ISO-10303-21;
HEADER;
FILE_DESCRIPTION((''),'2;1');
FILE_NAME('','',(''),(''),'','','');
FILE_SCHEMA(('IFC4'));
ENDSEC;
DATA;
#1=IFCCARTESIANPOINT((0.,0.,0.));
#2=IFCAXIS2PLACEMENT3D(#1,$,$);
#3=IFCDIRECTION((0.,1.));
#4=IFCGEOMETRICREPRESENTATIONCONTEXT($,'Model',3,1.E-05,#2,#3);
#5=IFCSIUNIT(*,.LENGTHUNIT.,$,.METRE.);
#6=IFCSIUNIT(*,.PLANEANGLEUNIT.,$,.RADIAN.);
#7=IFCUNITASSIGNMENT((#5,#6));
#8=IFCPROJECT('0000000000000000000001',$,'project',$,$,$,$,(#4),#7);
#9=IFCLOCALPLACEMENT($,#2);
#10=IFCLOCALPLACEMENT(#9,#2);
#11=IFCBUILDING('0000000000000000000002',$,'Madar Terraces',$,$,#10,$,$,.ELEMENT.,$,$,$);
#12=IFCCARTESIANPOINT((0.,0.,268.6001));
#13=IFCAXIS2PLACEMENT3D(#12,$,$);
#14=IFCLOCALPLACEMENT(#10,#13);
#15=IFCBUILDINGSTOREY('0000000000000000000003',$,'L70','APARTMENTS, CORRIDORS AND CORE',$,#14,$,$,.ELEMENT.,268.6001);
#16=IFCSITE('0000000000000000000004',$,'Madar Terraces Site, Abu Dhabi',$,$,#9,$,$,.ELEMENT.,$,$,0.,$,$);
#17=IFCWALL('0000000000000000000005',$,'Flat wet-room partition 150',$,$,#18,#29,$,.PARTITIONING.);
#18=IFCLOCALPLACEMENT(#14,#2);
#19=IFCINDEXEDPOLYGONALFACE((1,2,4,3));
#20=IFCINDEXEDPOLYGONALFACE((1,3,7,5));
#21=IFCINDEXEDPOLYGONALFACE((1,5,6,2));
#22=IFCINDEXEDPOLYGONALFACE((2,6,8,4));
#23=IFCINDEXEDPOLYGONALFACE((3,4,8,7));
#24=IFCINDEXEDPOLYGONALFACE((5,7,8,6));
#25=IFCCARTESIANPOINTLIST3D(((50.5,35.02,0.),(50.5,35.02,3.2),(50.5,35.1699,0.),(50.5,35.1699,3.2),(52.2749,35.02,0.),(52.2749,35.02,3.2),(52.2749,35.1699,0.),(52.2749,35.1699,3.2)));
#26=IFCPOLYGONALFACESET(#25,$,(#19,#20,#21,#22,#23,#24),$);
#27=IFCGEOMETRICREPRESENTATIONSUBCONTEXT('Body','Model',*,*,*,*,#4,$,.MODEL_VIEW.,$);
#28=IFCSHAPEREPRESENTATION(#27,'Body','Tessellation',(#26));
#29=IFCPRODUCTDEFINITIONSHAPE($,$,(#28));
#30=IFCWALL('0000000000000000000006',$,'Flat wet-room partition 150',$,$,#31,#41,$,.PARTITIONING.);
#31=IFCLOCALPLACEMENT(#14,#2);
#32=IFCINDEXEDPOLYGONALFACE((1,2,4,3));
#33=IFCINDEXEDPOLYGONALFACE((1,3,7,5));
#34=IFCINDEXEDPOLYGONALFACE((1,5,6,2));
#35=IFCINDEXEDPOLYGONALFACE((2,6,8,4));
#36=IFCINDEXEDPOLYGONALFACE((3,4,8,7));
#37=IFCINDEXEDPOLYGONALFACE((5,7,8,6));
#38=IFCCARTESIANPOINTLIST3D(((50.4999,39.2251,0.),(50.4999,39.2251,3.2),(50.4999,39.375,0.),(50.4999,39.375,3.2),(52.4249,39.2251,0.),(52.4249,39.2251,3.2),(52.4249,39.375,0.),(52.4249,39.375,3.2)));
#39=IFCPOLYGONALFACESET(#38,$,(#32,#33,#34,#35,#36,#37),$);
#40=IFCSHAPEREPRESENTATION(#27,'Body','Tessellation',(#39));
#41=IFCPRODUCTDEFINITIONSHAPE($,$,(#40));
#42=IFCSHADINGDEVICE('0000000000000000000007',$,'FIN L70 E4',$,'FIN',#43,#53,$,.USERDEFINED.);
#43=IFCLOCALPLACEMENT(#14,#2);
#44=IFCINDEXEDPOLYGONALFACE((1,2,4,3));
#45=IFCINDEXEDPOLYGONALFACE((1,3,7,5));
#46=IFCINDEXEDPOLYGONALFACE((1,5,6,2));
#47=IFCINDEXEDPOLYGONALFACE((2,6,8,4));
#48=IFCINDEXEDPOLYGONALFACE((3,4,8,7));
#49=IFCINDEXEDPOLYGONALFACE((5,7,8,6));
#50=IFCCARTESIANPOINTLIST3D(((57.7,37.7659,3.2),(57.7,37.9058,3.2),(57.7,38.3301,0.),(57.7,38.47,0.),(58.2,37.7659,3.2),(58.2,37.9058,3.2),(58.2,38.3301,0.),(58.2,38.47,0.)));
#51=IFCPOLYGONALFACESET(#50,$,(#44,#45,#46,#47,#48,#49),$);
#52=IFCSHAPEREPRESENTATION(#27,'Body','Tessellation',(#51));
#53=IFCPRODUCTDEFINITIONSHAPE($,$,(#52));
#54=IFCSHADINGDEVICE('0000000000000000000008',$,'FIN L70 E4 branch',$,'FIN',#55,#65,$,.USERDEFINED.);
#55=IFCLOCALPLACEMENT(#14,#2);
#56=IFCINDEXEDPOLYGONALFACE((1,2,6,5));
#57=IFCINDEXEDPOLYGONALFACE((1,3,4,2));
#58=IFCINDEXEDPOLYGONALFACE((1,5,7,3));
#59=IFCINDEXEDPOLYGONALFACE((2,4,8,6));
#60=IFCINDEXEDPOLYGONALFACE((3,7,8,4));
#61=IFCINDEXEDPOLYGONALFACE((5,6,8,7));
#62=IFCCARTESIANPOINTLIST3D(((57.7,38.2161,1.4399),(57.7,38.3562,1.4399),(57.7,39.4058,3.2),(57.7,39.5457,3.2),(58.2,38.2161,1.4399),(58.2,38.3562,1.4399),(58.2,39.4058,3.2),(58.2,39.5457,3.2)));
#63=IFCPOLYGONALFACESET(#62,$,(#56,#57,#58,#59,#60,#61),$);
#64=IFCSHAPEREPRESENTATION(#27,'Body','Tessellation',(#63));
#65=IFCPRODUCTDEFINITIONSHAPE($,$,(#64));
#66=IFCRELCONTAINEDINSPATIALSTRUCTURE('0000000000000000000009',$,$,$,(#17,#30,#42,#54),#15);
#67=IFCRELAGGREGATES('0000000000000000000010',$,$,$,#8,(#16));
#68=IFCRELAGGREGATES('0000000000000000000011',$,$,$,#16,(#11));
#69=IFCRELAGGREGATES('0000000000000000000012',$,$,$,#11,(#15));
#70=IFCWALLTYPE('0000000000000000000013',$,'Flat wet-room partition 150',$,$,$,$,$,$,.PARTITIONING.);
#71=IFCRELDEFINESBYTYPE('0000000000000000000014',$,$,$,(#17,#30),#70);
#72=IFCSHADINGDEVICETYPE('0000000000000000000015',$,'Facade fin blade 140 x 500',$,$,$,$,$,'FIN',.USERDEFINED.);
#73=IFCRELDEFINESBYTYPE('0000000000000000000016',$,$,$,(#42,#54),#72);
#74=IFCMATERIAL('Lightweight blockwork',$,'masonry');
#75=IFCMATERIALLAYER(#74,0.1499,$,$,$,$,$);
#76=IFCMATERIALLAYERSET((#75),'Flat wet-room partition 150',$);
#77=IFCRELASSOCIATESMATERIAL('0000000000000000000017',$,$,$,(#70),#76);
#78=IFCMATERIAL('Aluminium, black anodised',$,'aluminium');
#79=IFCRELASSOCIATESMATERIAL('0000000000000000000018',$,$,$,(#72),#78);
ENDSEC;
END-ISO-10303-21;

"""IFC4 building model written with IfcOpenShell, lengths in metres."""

from ifc_helpers import new_model, si_unit, direction, frame, frame_2d, origin, place, context, subcontext, project, spatial, polyline, rectangle, outline, extrude, material, layer, layer_set, type_object, element, save


model = new_model("IFC4")

# Units and contexts
model_context = context("Model", 3, precision=1e-05, world=origin(), true_north=direction((0.0, 1.0)))
body_context = subcontext(model_context, "Body", "Model", "MODEL_VIEW")
ifc_project = project(units=[si_unit("LENGTHUNIT", "METRE"), si_unit("PLANEANGLEUNIT", "RADIAN")], contexts=[model_context])

# Site, building, storey
site_placement = place(None, origin())
site = spatial("IfcSite", under=ifc_project, at=site_placement, Name="Madar Terraces Site, Abu Dhabi", CompositionType="ELEMENT", RefElevation=0.0)
building_placement = place(site_placement, origin())
building = spatial("IfcBuilding", under=site, at=building_placement, Name="Madar Terraces", CompositionType="ELEMENT")
storey_placement = place(building_placement, frame((0.0, 0.0, 268.6001)))
storey = spatial("IfcBuildingStorey", under=building, at=storey_placement, Name="L70", Description="APARTMENTS, CORRIDORS AND CORE", CompositionType="ELEMENT", Elevation=268.6001)

# Walls
ifc_material_1 = material(Name="Lightweight blockwork", Category="masonry")
ifc_layer_1 = layer(ifc_material_1, 0.1499)
ifc_layer_set_1 = layer_set([ifc_layer_1], Name="Flat wet-room partition 150")
wall_type_1 = type_object("IfcWallType", Name="Flat wet-room partition 150", PredefinedType="PARTITIONING", material=ifc_layer_set_1)
wall_1_placement = place(storey_placement, frame((50.5, 35.095, 0.0), z_axis=(0.0, 0.0, 1.0), x_axis=(1.0, 0.0, 0.0)))
element("IfcWall", 1, at=wall_1_placement, inside=storey, type_object=wall_type_1, Name="Flat wet-room partition 150", PredefinedType="PARTITIONING", context=body_context, shape_type="SweptSolid", body=[
    extrude(rectangle(XDim=1.7749, YDim=0.1499, at=frame_2d((0.8875, 0.0))), origin(), (0.0, 0.0, 1.0), 3.2),
])
wall_2_placement = place(storey_placement, frame((50.5, 39.3, 0.0), z_axis=(0.0, 0.0, 1.0), x_axis=(1.0, 0.0, 0.0)))
element("IfcWall", 2, at=wall_2_placement, inside=storey, type_object=wall_type_1, Name="Flat wet-room partition 150", PredefinedType="PARTITIONING", context=body_context, shape_type="SweptSolid", body=[
    extrude(rectangle(XDim=1.925, YDim=0.1499, at=frame_2d((0.9624, 0.0))), origin(), (0.0, 0.0, 1.0), 3.2),
])

# Shading devices
ifc_material_2 = material(Name="Aluminium, black anodised", Category="aluminium")
shading_device_type = type_object("IfcShadingDeviceType", Name="Facade fin blade 140 x 500", ElementType="FIN", PredefinedType="USERDEFINED", material=ifc_material_2)
shading_device_1_placement = place(storey_placement, frame((57.95, 38.3301, 0.0), z_axis=(0.0, 0.0, 1.0), x_axis=(0.0, 1.0, 0.0)))
element("IfcShadingDevice", 3, at=shading_device_1_placement, inside=storey, type_object=shading_device_type, Name="FIN L70 E4", ObjectType="FIN", PredefinedType="USERDEFINED", context=body_context, shape_type="SweptSolid", body=[
    extrude(outline(polyline([(0.0, 0.0), (0.1399, 0.0), (-0.4243, 3.2), (-0.5642, 3.2), (0.0, 0.0)])), frame((0.0, 0.25, 0.0), z_axis=(0.0, -1.0, 0.0), x_axis=(1.0, 0.0, 0.0)), (0.0, 0.0, 1.0), 0.5),
])
shading_device_2_placement = place(storey_placement, frame((57.95, 38.2161, 1.4399), z_axis=(0.0, 0.0, 1.0), x_axis=(0.0, 1.0, 0.0)))
element("IfcShadingDevice", 4, at=shading_device_2_placement, inside=storey, type_object=shading_device_type, Name="FIN L70 E4 branch", ObjectType="FIN", PredefinedType="USERDEFINED", context=body_context, shape_type="SweptSolid", body=[
    extrude(outline(polyline([(0.0, 0.0), (0.1401, 0.0), (1.3296, 1.76), (1.1897, 1.76), (0.0, 0.0)])), frame((0.0, 0.25, 0.0), z_axis=(0.0, -1.0, 0.0), x_axis=(1.0, 0.0, 0.0)), (0.0, 0.0, 1.0), 0.5),
])

save(model, "model.ifc")
